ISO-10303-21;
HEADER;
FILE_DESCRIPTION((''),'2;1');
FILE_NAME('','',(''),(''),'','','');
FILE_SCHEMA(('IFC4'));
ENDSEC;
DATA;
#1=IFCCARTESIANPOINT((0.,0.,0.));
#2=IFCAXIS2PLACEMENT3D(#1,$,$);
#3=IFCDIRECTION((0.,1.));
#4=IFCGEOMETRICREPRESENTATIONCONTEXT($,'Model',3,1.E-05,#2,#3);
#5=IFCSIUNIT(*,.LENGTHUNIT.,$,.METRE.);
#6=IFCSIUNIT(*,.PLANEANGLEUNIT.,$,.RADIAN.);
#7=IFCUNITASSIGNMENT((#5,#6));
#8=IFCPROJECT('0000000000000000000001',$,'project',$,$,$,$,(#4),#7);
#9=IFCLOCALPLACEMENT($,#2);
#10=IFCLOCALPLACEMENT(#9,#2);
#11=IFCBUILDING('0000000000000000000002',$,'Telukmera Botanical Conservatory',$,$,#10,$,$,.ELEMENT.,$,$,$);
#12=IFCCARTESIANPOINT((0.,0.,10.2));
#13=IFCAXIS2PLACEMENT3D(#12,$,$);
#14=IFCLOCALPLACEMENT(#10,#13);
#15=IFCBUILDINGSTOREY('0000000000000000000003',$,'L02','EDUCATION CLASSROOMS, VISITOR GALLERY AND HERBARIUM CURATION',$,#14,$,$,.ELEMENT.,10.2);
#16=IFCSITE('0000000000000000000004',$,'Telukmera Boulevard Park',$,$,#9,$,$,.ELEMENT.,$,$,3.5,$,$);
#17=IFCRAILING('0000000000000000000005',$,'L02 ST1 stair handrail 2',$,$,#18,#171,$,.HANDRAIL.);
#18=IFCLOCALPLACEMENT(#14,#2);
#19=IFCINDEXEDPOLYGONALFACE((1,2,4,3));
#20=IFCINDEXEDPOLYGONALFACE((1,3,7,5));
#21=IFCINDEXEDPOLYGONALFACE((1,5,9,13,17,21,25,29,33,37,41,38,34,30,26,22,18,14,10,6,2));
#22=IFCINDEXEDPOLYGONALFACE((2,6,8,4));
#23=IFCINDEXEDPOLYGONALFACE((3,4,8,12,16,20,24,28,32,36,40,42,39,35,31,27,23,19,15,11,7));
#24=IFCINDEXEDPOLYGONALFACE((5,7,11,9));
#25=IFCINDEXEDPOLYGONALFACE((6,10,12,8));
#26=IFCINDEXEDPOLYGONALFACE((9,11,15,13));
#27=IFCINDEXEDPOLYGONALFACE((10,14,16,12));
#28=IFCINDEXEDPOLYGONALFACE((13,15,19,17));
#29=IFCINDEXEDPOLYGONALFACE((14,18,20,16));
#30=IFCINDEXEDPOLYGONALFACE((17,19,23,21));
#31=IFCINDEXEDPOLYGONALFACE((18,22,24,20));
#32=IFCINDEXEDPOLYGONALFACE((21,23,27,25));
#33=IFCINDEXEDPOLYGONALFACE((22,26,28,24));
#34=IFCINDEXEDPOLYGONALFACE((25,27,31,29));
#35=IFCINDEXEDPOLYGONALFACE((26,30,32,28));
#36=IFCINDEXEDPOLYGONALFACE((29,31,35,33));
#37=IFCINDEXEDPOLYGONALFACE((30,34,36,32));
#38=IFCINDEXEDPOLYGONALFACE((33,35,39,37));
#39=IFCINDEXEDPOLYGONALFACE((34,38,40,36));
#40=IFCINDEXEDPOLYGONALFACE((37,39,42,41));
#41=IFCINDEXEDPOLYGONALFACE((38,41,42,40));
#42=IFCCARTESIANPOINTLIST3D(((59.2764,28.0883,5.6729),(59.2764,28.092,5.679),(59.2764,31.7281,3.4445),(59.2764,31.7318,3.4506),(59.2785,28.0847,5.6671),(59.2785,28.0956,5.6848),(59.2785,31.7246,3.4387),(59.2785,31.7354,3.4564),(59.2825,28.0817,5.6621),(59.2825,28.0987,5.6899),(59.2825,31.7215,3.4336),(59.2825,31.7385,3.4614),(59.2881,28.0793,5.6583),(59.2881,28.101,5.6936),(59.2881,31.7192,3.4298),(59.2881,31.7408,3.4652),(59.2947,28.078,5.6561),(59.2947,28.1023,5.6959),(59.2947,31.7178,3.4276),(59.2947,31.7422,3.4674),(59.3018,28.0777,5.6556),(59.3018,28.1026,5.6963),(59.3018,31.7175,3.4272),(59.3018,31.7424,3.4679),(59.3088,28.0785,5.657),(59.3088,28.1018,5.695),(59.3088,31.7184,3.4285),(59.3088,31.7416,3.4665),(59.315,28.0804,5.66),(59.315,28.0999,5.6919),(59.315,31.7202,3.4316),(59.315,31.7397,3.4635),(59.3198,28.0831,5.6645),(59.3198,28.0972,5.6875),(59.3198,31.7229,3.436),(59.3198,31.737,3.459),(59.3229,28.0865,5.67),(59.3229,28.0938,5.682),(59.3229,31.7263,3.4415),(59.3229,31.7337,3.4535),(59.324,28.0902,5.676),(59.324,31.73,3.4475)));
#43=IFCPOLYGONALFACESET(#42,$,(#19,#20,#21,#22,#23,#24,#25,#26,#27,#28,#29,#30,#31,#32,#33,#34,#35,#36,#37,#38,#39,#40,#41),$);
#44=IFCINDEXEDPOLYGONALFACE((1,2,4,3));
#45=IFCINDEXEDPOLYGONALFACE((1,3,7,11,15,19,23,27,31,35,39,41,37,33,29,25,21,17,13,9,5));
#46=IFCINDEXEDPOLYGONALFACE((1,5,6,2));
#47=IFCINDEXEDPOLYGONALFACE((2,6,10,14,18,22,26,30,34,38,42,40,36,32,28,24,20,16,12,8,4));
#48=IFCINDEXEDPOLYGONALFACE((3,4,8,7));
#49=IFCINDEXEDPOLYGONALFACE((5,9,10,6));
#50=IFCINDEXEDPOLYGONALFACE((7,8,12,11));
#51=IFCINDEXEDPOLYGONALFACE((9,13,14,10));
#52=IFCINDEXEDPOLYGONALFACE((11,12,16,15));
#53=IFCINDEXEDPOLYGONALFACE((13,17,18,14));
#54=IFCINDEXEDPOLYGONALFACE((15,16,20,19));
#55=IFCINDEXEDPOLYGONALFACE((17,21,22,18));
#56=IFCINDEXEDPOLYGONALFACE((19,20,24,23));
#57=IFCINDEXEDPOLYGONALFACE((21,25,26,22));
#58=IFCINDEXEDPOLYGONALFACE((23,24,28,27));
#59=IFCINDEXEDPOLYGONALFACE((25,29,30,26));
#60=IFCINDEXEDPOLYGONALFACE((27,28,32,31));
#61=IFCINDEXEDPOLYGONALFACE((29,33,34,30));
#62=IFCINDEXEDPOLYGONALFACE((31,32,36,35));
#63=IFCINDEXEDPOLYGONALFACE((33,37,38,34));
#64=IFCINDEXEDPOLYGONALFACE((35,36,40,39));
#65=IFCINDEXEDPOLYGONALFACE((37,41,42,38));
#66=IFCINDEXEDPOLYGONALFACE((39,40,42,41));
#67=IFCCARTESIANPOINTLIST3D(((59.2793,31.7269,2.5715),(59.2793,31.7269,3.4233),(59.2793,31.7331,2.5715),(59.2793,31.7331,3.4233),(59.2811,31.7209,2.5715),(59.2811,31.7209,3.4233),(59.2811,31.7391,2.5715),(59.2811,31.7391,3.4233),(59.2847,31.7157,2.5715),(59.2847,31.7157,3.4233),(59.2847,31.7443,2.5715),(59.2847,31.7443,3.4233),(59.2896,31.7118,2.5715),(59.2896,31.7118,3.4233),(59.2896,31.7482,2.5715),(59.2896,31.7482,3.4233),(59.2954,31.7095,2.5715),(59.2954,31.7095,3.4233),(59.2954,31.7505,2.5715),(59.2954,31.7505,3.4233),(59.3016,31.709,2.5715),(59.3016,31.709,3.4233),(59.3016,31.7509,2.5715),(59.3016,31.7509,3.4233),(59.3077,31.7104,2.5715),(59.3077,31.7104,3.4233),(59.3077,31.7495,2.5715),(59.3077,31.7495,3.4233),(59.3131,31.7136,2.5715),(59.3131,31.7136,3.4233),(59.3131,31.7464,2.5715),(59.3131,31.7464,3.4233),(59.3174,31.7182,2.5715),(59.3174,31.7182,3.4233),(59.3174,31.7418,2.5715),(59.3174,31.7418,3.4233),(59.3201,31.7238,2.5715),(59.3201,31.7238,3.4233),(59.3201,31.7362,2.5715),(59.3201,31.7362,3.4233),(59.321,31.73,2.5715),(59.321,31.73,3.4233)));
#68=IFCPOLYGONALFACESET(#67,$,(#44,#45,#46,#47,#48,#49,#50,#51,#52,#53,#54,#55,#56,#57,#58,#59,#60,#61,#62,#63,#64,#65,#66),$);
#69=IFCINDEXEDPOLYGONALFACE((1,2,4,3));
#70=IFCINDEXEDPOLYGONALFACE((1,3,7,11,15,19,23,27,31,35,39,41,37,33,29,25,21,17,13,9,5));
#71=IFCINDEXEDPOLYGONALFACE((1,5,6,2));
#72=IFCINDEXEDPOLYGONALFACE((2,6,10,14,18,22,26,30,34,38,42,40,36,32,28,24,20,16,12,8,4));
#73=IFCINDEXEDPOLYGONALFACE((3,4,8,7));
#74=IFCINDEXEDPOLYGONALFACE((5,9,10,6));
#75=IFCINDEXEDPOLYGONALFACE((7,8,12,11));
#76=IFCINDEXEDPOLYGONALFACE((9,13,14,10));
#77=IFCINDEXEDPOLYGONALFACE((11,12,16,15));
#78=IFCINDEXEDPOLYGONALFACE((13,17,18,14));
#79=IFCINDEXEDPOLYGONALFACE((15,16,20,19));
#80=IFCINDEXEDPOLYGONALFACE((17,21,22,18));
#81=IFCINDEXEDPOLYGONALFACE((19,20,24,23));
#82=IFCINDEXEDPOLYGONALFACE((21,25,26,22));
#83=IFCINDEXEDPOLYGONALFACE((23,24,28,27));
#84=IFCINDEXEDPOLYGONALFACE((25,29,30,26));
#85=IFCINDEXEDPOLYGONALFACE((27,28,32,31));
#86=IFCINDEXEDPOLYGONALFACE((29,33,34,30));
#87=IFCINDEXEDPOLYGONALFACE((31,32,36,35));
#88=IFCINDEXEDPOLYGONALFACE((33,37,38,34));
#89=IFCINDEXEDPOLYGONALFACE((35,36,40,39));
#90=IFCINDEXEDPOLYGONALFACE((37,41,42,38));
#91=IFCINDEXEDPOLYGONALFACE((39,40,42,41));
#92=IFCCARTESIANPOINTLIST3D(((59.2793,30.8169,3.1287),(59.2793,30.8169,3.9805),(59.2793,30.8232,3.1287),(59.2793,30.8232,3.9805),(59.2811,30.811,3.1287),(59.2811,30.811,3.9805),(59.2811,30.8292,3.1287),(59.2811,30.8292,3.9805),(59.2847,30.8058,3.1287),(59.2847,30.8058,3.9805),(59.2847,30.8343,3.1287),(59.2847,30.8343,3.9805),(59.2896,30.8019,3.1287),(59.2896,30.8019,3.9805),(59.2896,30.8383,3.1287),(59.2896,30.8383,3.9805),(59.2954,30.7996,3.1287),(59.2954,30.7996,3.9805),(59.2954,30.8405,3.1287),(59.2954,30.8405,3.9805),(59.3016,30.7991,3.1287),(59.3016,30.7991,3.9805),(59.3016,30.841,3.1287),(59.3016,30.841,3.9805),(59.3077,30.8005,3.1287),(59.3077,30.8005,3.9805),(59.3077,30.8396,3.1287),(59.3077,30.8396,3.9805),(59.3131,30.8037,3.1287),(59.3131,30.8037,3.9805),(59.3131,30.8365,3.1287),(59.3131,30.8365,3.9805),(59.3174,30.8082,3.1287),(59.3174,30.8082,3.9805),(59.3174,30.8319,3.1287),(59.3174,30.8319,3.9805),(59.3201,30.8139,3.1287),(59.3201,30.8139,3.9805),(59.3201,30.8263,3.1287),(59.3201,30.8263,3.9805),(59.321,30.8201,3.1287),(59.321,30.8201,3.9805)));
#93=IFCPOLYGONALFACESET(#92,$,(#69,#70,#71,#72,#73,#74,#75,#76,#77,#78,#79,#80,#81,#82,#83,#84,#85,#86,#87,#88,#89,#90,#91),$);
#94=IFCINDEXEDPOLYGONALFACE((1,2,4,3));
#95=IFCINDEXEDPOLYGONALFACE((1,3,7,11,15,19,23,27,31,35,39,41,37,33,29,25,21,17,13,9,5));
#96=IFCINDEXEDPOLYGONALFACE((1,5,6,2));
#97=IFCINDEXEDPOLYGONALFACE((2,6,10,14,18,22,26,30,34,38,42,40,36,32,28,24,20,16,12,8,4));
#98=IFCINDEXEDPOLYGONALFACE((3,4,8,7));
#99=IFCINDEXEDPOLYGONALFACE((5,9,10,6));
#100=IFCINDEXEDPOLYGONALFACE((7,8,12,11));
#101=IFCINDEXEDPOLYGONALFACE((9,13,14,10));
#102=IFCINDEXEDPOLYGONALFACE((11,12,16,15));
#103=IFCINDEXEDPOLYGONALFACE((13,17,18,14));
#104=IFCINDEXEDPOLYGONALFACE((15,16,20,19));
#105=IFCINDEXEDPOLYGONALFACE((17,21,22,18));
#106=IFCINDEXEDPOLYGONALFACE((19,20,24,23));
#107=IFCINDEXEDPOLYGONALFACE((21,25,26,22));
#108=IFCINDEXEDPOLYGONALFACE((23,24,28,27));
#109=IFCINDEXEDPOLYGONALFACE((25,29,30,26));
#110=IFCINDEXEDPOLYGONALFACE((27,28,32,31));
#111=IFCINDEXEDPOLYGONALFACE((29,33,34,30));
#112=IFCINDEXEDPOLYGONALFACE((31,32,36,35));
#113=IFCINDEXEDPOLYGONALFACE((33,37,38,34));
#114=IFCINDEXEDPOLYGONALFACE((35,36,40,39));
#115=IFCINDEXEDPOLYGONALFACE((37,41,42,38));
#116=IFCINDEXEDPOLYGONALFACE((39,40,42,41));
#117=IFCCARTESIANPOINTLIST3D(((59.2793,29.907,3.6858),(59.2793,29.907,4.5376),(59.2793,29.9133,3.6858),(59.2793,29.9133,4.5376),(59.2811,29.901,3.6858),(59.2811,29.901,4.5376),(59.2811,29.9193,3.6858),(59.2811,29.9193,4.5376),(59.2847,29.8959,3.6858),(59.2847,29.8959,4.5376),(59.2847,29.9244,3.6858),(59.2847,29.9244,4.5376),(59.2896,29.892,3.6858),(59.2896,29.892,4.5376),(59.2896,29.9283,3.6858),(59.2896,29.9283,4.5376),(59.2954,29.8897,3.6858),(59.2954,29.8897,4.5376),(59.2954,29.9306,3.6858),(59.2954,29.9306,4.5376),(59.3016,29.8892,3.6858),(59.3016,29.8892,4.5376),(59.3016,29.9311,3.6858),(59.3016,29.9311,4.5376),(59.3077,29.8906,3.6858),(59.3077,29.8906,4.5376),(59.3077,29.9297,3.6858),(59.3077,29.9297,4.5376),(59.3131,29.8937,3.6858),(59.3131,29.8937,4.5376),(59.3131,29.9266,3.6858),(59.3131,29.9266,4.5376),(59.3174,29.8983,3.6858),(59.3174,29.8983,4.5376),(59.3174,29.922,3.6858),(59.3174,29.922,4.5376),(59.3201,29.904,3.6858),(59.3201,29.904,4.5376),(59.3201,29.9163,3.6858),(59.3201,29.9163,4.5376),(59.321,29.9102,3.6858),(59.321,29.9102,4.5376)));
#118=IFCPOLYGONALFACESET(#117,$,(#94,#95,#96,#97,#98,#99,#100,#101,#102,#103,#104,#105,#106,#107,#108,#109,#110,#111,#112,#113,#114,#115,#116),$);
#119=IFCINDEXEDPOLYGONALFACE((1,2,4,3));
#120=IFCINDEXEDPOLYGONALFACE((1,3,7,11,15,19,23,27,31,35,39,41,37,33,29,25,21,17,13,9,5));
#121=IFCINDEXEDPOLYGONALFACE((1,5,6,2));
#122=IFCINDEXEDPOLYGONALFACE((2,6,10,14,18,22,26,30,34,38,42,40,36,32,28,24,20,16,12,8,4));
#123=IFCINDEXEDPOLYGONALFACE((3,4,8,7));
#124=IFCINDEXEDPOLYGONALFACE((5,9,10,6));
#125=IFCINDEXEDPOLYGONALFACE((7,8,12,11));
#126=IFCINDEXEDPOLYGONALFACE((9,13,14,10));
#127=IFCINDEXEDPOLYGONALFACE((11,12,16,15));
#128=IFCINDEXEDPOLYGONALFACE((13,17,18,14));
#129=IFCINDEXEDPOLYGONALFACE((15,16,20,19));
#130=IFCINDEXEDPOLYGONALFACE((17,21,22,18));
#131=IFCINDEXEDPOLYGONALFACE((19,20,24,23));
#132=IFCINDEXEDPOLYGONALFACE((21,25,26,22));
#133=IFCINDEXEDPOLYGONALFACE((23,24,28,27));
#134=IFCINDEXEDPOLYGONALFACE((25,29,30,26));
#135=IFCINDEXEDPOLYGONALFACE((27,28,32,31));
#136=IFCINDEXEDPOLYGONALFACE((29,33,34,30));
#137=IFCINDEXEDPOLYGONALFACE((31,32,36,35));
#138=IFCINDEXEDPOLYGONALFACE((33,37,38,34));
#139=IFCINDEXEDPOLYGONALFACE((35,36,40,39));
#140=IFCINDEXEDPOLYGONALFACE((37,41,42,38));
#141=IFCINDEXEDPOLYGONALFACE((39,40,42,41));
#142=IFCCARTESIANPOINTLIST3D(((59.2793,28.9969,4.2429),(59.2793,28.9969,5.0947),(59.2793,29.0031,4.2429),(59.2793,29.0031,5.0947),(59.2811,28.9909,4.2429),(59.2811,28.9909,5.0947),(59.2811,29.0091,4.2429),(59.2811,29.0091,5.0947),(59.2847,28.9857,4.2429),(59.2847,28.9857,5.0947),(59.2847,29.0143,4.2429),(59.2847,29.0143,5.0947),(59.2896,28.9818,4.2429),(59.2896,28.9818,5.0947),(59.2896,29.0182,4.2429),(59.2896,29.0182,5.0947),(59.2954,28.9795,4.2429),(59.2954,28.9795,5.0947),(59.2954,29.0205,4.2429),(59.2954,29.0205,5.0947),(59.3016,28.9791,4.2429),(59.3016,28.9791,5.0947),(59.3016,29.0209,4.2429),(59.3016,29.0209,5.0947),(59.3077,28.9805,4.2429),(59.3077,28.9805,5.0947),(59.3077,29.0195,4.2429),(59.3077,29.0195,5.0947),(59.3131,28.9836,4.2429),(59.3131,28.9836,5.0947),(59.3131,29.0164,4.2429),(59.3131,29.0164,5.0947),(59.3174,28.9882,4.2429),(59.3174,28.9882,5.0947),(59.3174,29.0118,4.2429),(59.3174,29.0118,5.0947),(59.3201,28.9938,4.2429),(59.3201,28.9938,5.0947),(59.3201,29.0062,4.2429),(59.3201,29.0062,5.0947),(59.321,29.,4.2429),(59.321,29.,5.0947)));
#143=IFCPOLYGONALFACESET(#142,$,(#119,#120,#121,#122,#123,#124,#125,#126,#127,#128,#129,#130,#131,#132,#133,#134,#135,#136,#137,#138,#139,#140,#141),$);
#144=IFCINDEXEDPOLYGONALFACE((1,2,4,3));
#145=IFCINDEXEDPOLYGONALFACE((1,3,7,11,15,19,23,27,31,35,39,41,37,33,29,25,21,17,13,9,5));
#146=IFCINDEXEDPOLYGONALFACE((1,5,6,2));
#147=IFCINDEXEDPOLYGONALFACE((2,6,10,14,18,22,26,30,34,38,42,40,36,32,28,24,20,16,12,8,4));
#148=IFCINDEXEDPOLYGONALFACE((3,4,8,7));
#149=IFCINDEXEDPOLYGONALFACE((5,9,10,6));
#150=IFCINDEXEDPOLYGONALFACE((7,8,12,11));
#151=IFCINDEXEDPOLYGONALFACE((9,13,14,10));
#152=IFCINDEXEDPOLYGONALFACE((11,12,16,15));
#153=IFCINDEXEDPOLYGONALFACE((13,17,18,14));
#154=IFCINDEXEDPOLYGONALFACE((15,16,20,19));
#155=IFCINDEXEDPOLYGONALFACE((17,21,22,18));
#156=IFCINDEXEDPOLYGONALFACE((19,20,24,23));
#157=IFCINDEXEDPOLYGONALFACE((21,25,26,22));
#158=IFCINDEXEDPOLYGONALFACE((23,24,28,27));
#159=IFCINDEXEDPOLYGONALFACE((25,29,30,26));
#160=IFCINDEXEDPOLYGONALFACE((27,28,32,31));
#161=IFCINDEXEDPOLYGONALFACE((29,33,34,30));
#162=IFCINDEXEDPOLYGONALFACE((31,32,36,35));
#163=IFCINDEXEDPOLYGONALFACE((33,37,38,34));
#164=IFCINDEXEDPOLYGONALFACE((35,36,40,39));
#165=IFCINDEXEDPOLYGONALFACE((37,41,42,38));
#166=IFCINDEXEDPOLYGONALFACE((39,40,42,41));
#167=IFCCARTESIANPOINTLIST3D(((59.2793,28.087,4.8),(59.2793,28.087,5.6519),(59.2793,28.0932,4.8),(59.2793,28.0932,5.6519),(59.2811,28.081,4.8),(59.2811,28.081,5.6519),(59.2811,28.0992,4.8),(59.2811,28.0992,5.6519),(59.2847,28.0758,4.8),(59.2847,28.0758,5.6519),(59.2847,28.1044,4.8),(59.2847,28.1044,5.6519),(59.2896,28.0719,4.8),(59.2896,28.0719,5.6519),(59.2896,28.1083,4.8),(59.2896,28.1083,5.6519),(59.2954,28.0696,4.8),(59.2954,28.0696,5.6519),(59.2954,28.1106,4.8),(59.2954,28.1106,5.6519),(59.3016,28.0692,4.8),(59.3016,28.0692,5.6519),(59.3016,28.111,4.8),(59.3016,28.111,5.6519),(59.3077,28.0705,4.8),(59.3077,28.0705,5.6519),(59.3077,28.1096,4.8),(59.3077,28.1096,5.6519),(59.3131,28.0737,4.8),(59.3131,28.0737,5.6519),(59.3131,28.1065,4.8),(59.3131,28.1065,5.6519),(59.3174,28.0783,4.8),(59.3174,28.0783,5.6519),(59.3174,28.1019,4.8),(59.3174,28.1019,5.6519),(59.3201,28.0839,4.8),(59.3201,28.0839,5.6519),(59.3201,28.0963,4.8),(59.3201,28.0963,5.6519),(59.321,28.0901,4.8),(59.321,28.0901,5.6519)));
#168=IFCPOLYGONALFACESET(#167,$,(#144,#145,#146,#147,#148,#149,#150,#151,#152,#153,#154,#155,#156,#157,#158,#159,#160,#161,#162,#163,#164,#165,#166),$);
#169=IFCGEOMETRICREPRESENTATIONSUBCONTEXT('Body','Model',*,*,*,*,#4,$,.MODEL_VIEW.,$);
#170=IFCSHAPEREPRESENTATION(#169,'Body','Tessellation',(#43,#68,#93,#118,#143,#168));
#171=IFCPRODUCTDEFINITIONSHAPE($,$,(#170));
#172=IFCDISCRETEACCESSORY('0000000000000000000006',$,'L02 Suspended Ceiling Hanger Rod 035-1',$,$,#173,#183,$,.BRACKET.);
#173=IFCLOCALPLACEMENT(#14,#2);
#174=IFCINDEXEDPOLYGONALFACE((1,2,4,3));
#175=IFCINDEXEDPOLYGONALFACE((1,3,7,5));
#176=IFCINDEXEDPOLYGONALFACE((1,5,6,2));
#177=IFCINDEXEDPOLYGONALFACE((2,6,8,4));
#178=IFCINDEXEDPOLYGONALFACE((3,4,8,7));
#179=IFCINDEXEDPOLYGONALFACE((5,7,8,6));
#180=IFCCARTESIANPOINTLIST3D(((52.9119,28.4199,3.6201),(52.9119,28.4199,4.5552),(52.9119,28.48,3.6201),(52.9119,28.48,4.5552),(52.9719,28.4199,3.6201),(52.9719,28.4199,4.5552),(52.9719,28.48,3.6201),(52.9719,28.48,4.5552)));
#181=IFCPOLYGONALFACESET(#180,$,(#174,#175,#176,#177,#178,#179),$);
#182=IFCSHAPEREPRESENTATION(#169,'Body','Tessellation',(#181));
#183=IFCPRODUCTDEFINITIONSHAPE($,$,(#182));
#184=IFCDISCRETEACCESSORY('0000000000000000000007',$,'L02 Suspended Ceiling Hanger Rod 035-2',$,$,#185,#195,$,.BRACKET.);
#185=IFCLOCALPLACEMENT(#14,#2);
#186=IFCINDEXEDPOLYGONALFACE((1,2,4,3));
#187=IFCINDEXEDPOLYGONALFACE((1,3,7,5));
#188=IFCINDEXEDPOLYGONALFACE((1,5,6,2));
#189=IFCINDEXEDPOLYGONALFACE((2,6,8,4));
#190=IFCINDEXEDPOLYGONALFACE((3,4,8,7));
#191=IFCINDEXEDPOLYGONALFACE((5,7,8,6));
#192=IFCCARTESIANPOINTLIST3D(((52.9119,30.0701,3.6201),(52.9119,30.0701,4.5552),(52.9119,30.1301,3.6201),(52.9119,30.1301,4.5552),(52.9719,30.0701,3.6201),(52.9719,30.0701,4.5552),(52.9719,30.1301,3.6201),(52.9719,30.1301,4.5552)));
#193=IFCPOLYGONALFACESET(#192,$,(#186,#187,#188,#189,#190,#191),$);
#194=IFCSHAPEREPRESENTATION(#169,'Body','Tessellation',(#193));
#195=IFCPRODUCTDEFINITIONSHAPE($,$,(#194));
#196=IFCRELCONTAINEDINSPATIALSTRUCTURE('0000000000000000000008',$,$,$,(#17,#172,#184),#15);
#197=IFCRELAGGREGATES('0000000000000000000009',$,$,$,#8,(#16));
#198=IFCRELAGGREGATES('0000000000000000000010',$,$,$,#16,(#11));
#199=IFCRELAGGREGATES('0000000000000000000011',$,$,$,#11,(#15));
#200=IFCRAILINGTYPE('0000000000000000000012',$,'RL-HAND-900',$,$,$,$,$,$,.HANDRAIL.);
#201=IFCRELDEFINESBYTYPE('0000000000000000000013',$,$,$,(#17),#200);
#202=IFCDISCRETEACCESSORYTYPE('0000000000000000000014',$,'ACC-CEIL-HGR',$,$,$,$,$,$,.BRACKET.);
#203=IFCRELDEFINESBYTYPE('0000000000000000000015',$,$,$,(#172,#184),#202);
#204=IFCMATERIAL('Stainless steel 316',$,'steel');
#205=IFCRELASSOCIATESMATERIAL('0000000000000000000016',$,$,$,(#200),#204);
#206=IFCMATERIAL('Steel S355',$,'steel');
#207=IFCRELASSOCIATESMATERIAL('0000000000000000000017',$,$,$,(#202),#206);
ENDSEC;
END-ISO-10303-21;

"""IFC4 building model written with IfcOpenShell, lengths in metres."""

from ifc_helpers import new_model, si_unit, direction, frame, origin, origin_2d, place, context, subcontext, project, spatial, rectangle, circle, extrude, material, type_object, element, save


model = new_model("IFC4")

# Units and contexts
model_context = context("Model", 3, precision=1e-05, world=origin(), true_north=direction((0.0, 1.0)))
body_context = subcontext(model_context, "Body", "Model", "MODEL_VIEW")
ifc_project = project(units=[si_unit("LENGTHUNIT", "METRE"), si_unit("PLANEANGLEUNIT", "RADIAN")], contexts=[model_context])

# Site, building, storey
site_placement = place(None, origin())
site = spatial("IfcSite", under=ifc_project, at=site_placement, Name="Telukmera Boulevard Park", CompositionType="ELEMENT", RefElevation=3.5)
building_placement = place(site_placement, origin())
building = spatial("IfcBuilding", under=site, at=building_placement, Name="Telukmera Botanical Conservatory", CompositionType="ELEMENT")
storey_placement = place(building_placement, frame((0.0, 0.0, 10.2)))
storey = spatial("IfcBuildingStorey", under=building, at=storey_placement, Name="L02", Description="EDUCATION CLASSROOMS, VISITOR GALLERY AND HERBARIUM CURATION", CompositionType="ELEMENT", Elevation=10.2)

# Shared definitions
ifc_material_1 = material(Name="Stainless steel 316", Category="steel")

# Railing
ifc_material_2 = material(Name="Steel S355", Category="steel")
railing_type_1 = type_object("IfcRailingType", Name="RL-HAND-900", PredefinedType="HANDRAIL", material=ifc_material_1)
railing_1_placement = place(storey_placement, frame((59.3, 31.73, 2.5715)))
element("IfcRailing", 1, at=railing_1_placement, inside=storey, type_object=railing_type_1, Name="L02 ST1 stair handrail 2", PredefinedType="HANDRAIL", context=body_context, shape_type="SweptSolid", body=[
    extrude(circle(Radius=0.0239, at=origin_2d()), frame((0.0, 0.0, 0.876), z_axis=(0.0, -0.85285, 0.522156), x_axis=(1.0, 0.0, 0.0)), (0.0, 0.0, 1.0), 4.2678),
    extrude(circle(Radius=0.021, at=origin_2d()), origin(), (0.0, 0.0, 1.0), 0.8518),
    extrude(circle(Radius=0.021, at=origin_2d()), frame((0.0, -0.9099, 0.5571)), (0.0, 0.0, 1.0), 0.8518),
    extrude(circle(Radius=0.021, at=origin_2d()), frame((0.0, -1.8198, 1.1143)), (0.0, 0.0, 1.0), 0.8518),
    extrude(circle(Radius=0.021, at=origin_2d()), frame((0.0, -2.73, 1.6714)), (0.0, 0.0, 1.0), 0.8518),
    extrude(circle(Radius=0.021, at=origin_2d()), frame((0.0, -3.6399, 2.2285)), (0.0, 0.0, 1.0), 0.8518),
])

# Discrete accessories
discrete_accessory_type = type_object("IfcDiscreteAccessoryType", Name="ACC-CEIL-HGR", PredefinedType="BRACKET", material=ifc_material_2)
for number, where, z_axis, x_axis, name in (
    (2, (52.9419, 28.45, 3.6201), (0.0, 0.0, 1.0), (1.0, 0.0, 0.0), "L02 Suspended Ceiling Hanger Rod 035-1"),
    (3, (52.9419, 30.1001, 3.6201), (0.0, 0.0, 1.0), (1.0, 0.0, 0.0), "L02 Suspended Ceiling Hanger Rod 035-2"),
):
    element("IfcDiscreteAccessory", number, at=place(storey_placement, frame(where, z_axis=z_axis, x_axis=x_axis)), inside=storey, type_object=discrete_accessory_type, Name=name, PredefinedType="BRACKET", context=body_context, shape_type="SweptSolid", body=[
        extrude(rectangle(XDim=0.0601, YDim=0.0601, at=origin_2d()), origin(), (0.0, 0.0, 1.0), 0.9351),
    ])

save(model, "model.ifc")
